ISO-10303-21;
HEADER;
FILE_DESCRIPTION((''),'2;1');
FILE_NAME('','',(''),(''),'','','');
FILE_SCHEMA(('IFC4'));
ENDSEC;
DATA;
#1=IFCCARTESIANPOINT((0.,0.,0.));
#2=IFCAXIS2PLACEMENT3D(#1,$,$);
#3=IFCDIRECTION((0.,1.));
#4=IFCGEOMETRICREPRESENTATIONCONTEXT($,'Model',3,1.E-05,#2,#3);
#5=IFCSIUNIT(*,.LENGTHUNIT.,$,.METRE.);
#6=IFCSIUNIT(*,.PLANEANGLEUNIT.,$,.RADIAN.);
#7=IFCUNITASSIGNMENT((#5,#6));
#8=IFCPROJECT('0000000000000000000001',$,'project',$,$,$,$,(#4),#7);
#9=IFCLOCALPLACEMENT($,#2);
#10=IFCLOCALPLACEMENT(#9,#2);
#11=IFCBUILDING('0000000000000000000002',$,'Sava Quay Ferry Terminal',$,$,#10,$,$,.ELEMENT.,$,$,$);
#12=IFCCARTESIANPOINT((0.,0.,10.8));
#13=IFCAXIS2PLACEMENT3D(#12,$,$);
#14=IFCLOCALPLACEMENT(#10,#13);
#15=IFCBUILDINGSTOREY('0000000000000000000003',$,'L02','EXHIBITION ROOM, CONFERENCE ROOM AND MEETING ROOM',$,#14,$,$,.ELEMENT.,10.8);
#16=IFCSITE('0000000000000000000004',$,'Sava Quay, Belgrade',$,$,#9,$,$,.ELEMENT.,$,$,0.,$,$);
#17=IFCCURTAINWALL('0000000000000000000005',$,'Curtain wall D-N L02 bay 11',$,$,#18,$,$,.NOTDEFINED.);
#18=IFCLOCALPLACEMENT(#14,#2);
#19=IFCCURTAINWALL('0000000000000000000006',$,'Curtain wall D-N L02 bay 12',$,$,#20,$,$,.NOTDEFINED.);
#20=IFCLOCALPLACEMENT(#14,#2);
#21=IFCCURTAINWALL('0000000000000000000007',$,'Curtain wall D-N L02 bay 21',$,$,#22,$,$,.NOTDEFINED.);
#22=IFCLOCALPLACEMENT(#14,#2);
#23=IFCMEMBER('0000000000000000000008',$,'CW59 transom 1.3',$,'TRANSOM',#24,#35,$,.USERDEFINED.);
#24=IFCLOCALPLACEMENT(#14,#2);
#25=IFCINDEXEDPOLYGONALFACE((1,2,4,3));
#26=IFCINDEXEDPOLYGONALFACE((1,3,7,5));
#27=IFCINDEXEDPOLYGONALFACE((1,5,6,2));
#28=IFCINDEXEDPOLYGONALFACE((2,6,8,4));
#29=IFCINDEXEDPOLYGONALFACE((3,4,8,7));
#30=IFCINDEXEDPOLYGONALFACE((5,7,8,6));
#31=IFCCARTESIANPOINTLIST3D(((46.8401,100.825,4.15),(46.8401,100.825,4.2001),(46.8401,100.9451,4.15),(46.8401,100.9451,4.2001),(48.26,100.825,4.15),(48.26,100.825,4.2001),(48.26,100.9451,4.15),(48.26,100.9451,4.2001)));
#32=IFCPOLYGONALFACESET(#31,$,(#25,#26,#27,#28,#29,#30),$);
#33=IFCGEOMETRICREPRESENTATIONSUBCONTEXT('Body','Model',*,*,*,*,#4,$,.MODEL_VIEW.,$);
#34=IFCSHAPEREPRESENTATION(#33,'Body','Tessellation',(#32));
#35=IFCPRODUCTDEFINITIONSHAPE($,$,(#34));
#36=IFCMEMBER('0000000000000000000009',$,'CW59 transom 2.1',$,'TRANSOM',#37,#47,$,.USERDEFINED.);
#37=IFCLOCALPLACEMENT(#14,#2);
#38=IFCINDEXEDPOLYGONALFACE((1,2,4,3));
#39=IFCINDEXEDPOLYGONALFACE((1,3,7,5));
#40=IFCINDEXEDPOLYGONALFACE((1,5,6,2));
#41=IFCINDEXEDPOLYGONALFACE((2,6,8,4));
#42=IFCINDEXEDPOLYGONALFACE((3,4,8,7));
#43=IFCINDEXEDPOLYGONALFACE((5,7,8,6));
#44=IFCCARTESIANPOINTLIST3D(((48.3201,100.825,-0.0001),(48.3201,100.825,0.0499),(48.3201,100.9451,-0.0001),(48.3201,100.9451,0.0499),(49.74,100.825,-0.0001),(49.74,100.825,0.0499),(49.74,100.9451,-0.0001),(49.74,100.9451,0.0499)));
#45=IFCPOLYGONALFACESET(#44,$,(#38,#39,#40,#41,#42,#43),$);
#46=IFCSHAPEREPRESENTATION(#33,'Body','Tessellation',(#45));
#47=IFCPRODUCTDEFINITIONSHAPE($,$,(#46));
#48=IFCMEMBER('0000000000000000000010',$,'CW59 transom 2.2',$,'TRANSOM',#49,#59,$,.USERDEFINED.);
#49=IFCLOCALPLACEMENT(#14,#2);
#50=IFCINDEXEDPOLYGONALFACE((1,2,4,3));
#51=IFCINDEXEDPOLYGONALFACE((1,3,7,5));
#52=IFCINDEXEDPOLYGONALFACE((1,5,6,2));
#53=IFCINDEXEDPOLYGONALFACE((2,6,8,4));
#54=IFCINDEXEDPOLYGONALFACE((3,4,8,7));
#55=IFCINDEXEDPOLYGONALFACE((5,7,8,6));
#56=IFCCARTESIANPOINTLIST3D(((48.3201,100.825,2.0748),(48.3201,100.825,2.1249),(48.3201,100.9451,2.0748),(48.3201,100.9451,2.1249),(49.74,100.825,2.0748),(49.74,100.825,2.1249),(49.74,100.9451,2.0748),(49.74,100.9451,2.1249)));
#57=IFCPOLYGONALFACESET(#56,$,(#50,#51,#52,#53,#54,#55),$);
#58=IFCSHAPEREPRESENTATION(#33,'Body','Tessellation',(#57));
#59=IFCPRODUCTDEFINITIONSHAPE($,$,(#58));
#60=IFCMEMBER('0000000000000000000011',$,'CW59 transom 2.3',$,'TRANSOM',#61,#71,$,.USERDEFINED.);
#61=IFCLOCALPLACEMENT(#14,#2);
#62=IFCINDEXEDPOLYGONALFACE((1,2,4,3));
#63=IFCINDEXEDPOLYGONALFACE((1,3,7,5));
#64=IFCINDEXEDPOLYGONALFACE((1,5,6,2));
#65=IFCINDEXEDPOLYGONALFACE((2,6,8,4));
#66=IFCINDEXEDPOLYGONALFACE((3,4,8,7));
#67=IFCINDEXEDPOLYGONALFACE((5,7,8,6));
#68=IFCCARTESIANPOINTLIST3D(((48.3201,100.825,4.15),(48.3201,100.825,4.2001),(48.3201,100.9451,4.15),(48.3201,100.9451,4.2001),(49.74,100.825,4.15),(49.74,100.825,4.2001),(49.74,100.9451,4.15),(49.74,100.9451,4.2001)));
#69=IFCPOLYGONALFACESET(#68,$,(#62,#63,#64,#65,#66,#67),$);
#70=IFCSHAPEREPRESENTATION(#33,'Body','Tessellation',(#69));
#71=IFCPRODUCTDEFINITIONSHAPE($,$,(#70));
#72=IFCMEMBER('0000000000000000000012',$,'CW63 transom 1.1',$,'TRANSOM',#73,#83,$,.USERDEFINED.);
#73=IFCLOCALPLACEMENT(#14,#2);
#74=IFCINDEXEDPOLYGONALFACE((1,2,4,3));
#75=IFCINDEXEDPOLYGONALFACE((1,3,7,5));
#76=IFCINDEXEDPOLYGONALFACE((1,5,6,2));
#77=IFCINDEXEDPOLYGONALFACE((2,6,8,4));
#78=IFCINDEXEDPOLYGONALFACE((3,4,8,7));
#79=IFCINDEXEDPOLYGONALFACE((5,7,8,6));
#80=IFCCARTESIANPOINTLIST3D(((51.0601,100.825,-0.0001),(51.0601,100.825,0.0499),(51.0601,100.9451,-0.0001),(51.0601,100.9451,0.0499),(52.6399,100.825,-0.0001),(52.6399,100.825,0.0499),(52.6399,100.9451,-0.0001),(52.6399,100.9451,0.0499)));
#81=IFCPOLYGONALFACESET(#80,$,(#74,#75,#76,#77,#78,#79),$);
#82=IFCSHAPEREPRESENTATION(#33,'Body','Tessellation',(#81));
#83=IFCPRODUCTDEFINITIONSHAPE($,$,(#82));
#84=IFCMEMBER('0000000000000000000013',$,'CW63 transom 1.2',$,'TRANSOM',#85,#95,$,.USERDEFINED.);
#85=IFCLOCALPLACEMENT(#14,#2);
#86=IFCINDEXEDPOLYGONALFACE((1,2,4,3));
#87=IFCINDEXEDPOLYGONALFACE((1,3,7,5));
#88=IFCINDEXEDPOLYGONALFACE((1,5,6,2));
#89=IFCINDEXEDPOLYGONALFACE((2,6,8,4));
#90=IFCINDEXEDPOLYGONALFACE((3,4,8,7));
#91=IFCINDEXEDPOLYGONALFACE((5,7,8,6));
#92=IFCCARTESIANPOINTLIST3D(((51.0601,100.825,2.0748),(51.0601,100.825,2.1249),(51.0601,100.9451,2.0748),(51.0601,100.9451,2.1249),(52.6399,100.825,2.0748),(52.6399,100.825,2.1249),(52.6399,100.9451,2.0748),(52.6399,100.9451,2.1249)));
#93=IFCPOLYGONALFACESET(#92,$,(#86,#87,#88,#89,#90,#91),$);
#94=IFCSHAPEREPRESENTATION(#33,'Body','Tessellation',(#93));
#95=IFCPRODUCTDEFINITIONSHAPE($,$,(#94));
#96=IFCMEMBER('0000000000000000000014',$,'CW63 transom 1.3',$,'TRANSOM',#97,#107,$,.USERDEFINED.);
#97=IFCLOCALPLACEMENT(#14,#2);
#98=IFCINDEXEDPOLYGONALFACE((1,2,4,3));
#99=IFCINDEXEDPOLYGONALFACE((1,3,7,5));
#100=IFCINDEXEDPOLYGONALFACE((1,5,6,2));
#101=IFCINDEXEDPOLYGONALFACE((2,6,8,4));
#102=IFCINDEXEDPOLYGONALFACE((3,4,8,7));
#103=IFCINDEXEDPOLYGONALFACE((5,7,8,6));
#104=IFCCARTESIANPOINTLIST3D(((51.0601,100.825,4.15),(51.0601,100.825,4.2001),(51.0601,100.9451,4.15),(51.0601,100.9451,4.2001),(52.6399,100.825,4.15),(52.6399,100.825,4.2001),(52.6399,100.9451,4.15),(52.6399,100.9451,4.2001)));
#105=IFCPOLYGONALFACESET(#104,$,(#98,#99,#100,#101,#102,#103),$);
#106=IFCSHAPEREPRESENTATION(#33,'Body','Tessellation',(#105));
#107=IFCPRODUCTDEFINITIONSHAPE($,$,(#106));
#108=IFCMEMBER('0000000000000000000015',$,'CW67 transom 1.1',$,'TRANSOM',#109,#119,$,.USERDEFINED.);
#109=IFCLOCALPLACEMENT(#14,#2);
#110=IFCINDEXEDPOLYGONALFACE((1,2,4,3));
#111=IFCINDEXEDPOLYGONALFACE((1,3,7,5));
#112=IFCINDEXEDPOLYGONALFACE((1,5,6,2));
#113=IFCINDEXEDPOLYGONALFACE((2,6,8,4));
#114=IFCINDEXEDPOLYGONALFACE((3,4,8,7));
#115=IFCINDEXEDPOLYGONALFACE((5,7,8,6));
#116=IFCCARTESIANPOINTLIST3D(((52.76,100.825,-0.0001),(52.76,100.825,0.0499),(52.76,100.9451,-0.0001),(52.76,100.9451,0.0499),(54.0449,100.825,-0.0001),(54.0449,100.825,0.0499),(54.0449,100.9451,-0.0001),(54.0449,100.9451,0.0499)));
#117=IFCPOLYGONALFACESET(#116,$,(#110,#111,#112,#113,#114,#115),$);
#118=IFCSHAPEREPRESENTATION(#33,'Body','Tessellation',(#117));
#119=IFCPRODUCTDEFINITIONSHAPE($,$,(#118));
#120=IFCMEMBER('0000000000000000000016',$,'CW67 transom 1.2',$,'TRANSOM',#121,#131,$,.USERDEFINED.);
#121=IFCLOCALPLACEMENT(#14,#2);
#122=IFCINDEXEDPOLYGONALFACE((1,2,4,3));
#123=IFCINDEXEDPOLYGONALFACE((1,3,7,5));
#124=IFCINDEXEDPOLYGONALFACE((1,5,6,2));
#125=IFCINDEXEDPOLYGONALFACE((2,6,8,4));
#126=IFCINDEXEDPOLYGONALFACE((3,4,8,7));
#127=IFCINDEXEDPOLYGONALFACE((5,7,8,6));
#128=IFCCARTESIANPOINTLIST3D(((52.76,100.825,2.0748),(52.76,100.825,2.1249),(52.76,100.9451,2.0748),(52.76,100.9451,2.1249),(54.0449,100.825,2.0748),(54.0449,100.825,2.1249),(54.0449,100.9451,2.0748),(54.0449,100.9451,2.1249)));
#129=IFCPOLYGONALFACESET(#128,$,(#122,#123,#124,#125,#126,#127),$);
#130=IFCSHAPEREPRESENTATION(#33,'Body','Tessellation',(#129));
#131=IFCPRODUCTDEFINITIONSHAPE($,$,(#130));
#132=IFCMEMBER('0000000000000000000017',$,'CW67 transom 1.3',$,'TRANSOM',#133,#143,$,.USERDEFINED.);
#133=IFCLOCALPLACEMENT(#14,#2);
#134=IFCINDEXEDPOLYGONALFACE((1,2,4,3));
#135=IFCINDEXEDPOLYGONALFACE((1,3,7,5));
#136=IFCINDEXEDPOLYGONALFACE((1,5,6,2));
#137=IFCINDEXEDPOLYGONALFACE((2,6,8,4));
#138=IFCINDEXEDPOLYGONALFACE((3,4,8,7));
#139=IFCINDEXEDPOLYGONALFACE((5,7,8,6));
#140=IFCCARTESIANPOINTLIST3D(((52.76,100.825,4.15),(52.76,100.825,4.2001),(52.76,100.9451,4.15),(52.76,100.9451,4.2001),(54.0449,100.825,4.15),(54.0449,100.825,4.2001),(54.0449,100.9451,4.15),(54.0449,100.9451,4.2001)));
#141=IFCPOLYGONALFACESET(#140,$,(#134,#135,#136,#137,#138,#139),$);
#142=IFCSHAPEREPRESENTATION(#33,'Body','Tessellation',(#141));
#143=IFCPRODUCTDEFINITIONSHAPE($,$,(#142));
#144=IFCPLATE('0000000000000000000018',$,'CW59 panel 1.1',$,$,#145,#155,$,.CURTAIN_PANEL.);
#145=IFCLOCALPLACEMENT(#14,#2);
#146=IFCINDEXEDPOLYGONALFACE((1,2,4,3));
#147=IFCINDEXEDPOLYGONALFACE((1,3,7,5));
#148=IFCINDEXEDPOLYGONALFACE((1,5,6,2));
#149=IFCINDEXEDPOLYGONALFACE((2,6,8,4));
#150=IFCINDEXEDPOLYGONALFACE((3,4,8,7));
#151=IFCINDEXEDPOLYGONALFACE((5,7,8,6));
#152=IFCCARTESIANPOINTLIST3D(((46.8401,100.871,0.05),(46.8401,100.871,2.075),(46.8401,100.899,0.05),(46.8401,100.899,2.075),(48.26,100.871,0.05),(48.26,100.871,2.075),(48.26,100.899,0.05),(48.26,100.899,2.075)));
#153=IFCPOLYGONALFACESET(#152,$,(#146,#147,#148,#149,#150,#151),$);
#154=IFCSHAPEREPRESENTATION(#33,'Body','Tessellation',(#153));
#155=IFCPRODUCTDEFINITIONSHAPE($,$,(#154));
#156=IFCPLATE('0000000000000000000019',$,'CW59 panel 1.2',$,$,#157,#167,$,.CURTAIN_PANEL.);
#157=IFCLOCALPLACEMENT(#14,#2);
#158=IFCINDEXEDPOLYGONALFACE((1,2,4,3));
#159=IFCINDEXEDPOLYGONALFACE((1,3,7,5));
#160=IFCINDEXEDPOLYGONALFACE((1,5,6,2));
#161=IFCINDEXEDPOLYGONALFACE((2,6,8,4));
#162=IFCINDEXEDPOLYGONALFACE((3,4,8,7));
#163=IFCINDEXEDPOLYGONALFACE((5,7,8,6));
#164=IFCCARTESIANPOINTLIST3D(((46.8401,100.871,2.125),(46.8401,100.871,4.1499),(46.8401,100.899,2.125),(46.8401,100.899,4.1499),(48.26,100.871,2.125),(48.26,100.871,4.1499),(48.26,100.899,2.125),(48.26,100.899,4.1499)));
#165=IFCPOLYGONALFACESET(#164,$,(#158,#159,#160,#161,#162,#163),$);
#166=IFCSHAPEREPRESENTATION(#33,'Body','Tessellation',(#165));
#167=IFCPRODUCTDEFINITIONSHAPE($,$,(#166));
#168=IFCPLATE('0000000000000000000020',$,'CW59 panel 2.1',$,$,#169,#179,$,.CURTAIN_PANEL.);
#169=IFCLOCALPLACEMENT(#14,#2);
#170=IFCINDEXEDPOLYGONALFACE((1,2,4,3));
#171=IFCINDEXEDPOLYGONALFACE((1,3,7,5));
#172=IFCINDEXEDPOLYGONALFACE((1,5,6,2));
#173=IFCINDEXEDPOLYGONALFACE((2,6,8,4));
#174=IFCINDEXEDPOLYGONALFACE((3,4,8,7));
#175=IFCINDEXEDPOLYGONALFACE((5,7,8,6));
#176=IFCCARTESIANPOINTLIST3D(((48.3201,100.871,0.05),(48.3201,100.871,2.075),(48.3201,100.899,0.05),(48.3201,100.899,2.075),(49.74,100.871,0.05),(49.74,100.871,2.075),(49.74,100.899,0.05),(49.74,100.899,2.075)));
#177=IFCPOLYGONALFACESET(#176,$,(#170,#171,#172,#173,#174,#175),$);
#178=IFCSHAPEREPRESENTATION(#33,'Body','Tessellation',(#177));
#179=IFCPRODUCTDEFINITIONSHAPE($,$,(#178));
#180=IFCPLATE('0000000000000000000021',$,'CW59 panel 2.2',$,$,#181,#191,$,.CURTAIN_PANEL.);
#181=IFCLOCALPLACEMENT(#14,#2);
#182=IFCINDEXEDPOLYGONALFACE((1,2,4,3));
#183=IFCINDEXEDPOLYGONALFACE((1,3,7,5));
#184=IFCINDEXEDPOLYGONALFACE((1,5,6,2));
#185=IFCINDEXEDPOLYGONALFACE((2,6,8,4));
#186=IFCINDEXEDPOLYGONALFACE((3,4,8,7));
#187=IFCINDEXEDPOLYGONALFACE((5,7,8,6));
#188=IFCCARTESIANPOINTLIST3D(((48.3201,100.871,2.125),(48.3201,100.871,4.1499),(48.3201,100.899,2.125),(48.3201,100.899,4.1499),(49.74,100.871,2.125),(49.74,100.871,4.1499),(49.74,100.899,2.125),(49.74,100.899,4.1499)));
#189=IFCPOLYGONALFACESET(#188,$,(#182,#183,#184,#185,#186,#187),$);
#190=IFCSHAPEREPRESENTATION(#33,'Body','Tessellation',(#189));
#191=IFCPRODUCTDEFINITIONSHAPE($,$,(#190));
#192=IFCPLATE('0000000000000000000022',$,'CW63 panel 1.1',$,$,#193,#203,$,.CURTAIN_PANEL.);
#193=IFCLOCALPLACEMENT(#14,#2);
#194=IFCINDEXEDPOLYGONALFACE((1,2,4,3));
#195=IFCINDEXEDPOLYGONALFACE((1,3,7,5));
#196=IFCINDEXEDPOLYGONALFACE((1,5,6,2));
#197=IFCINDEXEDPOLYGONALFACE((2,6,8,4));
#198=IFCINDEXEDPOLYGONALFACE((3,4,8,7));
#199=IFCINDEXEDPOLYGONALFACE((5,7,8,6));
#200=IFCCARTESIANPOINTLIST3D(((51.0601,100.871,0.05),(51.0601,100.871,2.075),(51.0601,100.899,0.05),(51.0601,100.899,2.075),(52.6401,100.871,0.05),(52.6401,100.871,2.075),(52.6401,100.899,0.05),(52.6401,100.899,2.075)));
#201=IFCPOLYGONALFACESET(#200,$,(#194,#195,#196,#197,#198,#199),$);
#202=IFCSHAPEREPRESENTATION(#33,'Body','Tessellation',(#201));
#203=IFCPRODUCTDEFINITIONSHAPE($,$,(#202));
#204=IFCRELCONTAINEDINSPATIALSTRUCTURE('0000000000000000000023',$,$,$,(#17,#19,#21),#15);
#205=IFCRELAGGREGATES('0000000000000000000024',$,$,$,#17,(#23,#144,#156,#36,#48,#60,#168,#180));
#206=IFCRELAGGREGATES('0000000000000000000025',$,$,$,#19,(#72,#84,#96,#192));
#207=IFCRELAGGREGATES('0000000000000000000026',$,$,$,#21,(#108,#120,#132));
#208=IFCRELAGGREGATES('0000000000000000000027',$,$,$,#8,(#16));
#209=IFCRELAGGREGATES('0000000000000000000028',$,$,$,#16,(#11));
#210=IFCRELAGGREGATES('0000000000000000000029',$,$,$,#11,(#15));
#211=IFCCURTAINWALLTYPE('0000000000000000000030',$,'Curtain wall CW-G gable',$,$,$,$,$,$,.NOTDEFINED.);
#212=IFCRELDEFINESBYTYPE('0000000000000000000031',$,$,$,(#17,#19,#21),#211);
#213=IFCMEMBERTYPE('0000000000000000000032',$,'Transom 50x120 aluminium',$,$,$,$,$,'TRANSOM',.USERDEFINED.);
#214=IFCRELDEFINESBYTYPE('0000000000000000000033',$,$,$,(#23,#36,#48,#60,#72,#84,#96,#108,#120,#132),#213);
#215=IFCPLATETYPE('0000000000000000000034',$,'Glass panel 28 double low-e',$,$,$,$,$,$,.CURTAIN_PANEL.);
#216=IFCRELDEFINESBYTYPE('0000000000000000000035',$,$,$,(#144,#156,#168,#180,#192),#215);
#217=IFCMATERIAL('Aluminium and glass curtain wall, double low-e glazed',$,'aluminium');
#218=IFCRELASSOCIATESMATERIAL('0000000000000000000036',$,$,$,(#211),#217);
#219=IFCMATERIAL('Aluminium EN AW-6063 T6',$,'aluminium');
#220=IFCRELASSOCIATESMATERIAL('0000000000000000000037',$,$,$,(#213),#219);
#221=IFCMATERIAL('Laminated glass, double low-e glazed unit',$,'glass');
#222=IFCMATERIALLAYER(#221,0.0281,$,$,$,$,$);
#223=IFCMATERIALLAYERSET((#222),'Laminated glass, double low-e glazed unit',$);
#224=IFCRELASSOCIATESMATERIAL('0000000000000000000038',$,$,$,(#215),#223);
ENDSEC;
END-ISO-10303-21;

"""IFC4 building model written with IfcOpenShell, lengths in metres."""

from ifc_helpers import new_model, si_unit, direction, frame, origin, origin_2d, place, context, subcontext, project, spatial, rectangle, extrude, material, layer, layer_set, material_profile, profile_set, type_object, element, aggregate, save


model = new_model("IFC4")

# Units and contexts
model_context = context("Model", 3, precision=1e-05, world=origin(), true_north=direction((0.0, 1.0)))
body_context = subcontext(model_context, "Body", "Model", "MODEL_VIEW")
ifc_project = project(units=[si_unit("LENGTHUNIT", "METRE"), si_unit("PLANEANGLEUNIT", "RADIAN")], contexts=[model_context])

# Site, building, storey
site_placement = place(None, origin())
site = spatial("IfcSite", under=ifc_project, at=site_placement, Name="Sava Quay, Belgrade", CompositionType="ELEMENT", RefElevation=0.0)
building_placement = place(site_placement, origin())
building = spatial("IfcBuilding", under=site, at=building_placement, Name="Sava Quay Ferry Terminal", CompositionType="ELEMENT")
storey_placement = place(building_placement, frame((0.0, 0.0, 10.8)))
storey = spatial("IfcBuildingStorey", under=building, at=storey_placement, Name="L02", Description="EXHIBITION ROOM, CONFERENCE ROOM AND MEETING ROOM", CompositionType="ELEMENT", Elevation=10.8)

# Curtain walls
ifc_material_1 = material(Name="Aluminium and glass curtain wall, double low-e glazed", Category="aluminium")
curtain_wall_type = type_object("IfcCurtainWallType", Name="Curtain wall CW-G gable", PredefinedType="NOTDEFINED", material=ifc_material_1)
curtain_wall_1_placement = place(storey_placement, origin())
curtain_wall_1 = element("IfcCurtainWall", 1, at=curtain_wall_1_placement, inside=storey, type_object=curtain_wall_type, Name="Curtain wall D-N L02 bay 11", PredefinedType="NOTDEFINED")
curtain_wall_2_placement = place(storey_placement, origin())
curtain_wall_2 = element("IfcCurtainWall", 2, at=curtain_wall_2_placement, inside=storey, type_object=curtain_wall_type, Name="Curtain wall D-N L02 bay 12", PredefinedType="NOTDEFINED")

# Curtain wall
curtain_wall_3_placement = place(storey_placement, origin())
curtain_wall_3 = element("IfcCurtainWall", 3, at=curtain_wall_3_placement, inside=storey, type_object=curtain_wall_type, Name="Curtain wall D-N L02 bay 21", PredefinedType="NOTDEFINED")

# Members
ifc_material_2 = material(Name="Aluminium EN AW-6063 T6", Category="aluminium")
ifc_material_profile_1 = material_profile(ifc_material_2, rectangle(XDim=0.1201, YDim=0.05, at=origin_2d()), Name="Transom 50x120 aluminium")
ifc_profile_set_1 = profile_set([ifc_material_profile_1], Name="Aluminium EN AW-6063 T6")
member_type_1 = type_object("IfcMemberType", Name="Transom 50x120 aluminium", ElementType="TRANSOM", PredefinedType="USERDEFINED", material=ifc_profile_set_1)
member_1_placement = place(storey_placement, frame((46.8401, 100.885, 4.175), z_axis=(1.0, 0.0, 0.0), x_axis=(0.0, 1.0, 0.0)))
member_1 = element("IfcMember", 4, at=member_1_placement, type_object=member_type_1, Name="CW59 transom 1.3", ObjectType="TRANSOM", PredefinedType="USERDEFINED", context=body_context, shape_type="SweptSolid", body=[
    extrude(rectangle(XDim=0.1201, YDim=0.05, at=origin_2d()), origin(), (0.0, 0.0, 1.0), 1.4199),
])
member_2_placement = place(storey_placement, frame((48.3201, 100.885, 0.0249), z_axis=(1.0, 0.0, 0.0), x_axis=(0.0, 1.0, 0.0)))
member_2 = element("IfcMember", 5, at=member_2_placement, type_object=member_type_1, Name="CW59 transom 2.1", ObjectType="TRANSOM", PredefinedType="USERDEFINED", context=body_context, shape_type="SweptSolid", body=[
    extrude(rectangle(XDim=0.1201, YDim=0.05, at=origin_2d()), origin(), (0.0, 0.0, 1.0), 1.4199),
])
member_3_placement = place(storey_placement, frame((48.3201, 100.885, 2.0999), z_axis=(1.0, 0.0, 0.0), x_axis=(0.0, 1.0, 0.0)))
member_3 = element("IfcMember", 6, at=member_3_placement, type_object=member_type_1, Name="CW59 transom 2.2", ObjectType="TRANSOM", PredefinedType="USERDEFINED", context=body_context, shape_type="SweptSolid", body=[
    extrude(rectangle(XDim=0.1201, YDim=0.05, at=origin_2d()), origin(), (0.0, 0.0, 1.0), 1.4199),
])
member_4_placement = place(storey_placement, frame((48.3201, 100.885, 4.175), z_axis=(1.0, 0.0, 0.0), x_axis=(0.0, 1.0, 0.0)))
member_4 = element("IfcMember", 7, at=member_4_placement, type_object=member_type_1, Name="CW59 transom 2.3", ObjectType="TRANSOM", PredefinedType="USERDEFINED", context=body_context, shape_type="SweptSolid", body=[
    extrude(rectangle(XDim=0.1201, YDim=0.05, at=origin_2d()), origin(), (0.0, 0.0, 1.0), 1.4199),
])
member_5_placement = place(storey_placement, frame((51.0601, 100.885, 0.0249), z_axis=(1.0, 0.0, 0.0), x_axis=(0.0, 1.0, 0.0)))
member_5 = element("IfcMember", 8, at=member_5_placement, type_object=member_type_1, Name="CW63 transom 1.1", ObjectType="TRANSOM", PredefinedType="USERDEFINED", context=body_context, shape_type="SweptSolid", body=[
    extrude(rectangle(XDim=0.1201, YDim=0.05, at=origin_2d()), origin(), (0.0, 0.0, 1.0), 1.5798),
])
member_6_placement = place(storey_placement, frame((51.0601, 100.885, 2.0999), z_axis=(1.0, 0.0, 0.0), x_axis=(0.0, 1.0, 0.0)))
member_6 = element("IfcMember", 9, at=member_6_placement, type_object=member_type_1, Name="CW63 transom 1.2", ObjectType="TRANSOM", PredefinedType="USERDEFINED", context=body_context, shape_type="SweptSolid", body=[
    extrude(rectangle(XDim=0.1201, YDim=0.05, at=origin_2d()), origin(), (0.0, 0.0, 1.0), 1.5798),
])
member_7_placement = place(storey_placement, frame((51.0601, 100.885, 4.175), z_axis=(1.0, 0.0, 0.0), x_axis=(0.0, 1.0, 0.0)))
member_7 = element("IfcMember", 10, at=member_7_placement, type_object=member_type_1, Name="CW63 transom 1.3", ObjectType="TRANSOM", PredefinedType="USERDEFINED", context=body_context, shape_type="SweptSolid", body=[
    extrude(rectangle(XDim=0.1201, YDim=0.05, at=origin_2d()), origin(), (0.0, 0.0, 1.0), 1.5798),
])
member_8_placement = place(storey_placement, frame((52.76, 100.885, 0.0249), z_axis=(1.0, 0.0, 0.0), x_axis=(0.0, 1.0, 0.0)))
member_8 = element("IfcMember", 11, at=member_8_placement, type_object=member_type_1, Name="CW67 transom 1.1", ObjectType="TRANSOM", PredefinedType="USERDEFINED", context=body_context, shape_type="SweptSolid", body=[
    extrude(rectangle(XDim=0.1201, YDim=0.05, at=origin_2d()), origin(), (0.0, 0.0, 1.0), 1.2849),
])
member_9_placement = place(storey_placement, frame((52.76, 100.885, 2.0999), z_axis=(1.0, 0.0, 0.0), x_axis=(0.0, 1.0, 0.0)))
member_9 = element("IfcMember", 12, at=member_9_placement, type_object=member_type_1, Name="CW67 transom 1.2", ObjectType="TRANSOM", PredefinedType="USERDEFINED", context=body_context, shape_type="SweptSolid", body=[
    extrude(rectangle(XDim=0.1201, YDim=0.05, at=origin_2d()), origin(), (0.0, 0.0, 1.0), 1.2849),
])
member_10_placement = place(storey_placement, frame((52.76, 100.885, 4.175), z_axis=(1.0, 0.0, 0.0), x_axis=(0.0, 1.0, 0.0)))
member_10 = element("IfcMember", 13, at=member_10_placement, type_object=member_type_1, Name="CW67 transom 1.3", ObjectType="TRANSOM", PredefinedType="USERDEFINED", context=body_context, shape_type="SweptSolid", body=[
    extrude(rectangle(XDim=0.1201, YDim=0.05, at=origin_2d()), origin(), (0.0, 0.0, 1.0), 1.2849),
])

# Plates
ifc_material_3 = material(Name="Laminated glass, double low-e glazed unit", Category="glass")
ifc_layer_1 = layer(ifc_material_3, 0.0281)
ifc_layer_set_1 = layer_set([ifc_layer_1], Name="Laminated glass, double low-e glazed unit")
plate_type = type_object("IfcPlateType", Name="Glass panel 28 double low-e", PredefinedType="CURTAIN_PANEL", material=ifc_layer_set_1)
plate_1_placement = place(storey_placement, frame((47.55, 100.885, 0.05), z_axis=(0.0, 0.0, 1.0), x_axis=(1.0, 0.0, 0.0)))
plate_1 = element("IfcPlate", 14, at=plate_1_placement, type_object=plate_type, Name="CW59 panel 1.1", PredefinedType="CURTAIN_PANEL", context=body_context, shape_type="SweptSolid", body=[
    extrude(rectangle(XDim=1.4199, YDim=0.0281, at=origin_2d()), origin(), (0.0, 0.0, 1.0), 2.0249),
])
plate_2_placement = place(storey_placement, frame((47.55, 100.885, 2.125), z_axis=(0.0, 0.0, 1.0), x_axis=(1.0, 0.0, 0.0)))
plate_2 = element("IfcPlate", 15, at=plate_2_placement, type_object=plate_type, Name="CW59 panel 1.2", PredefinedType="CURTAIN_PANEL", context=body_context, shape_type="SweptSolid", body=[
    extrude(rectangle(XDim=1.4199, YDim=0.0281, at=origin_2d()), origin(), (0.0, 0.0, 1.0), 2.0249),
])
plate_3_placement = place(storey_placement, frame((49.03, 100.885, 0.05), z_axis=(0.0, 0.0, 1.0), x_axis=(1.0, 0.0, 0.0)))
plate_3 = element("IfcPlate", 16, at=plate_3_placement, type_object=plate_type, Name="CW59 panel 2.1", PredefinedType="CURTAIN_PANEL", context=body_context, shape_type="SweptSolid", body=[
    extrude(rectangle(XDim=1.4199, YDim=0.0281, at=origin_2d()), origin(), (0.0, 0.0, 1.0), 2.0249),
])
plate_4_placement = place(storey_placement, frame((49.03, 100.885, 2.125), z_axis=(0.0, 0.0, 1.0), x_axis=(1.0, 0.0, 0.0)))
plate_4 = element("IfcPlate", 17, at=plate_4_placement, type_object=plate_type, Name="CW59 panel 2.2", PredefinedType="CURTAIN_PANEL", context=body_context, shape_type="SweptSolid", body=[
    extrude(rectangle(XDim=1.4199, YDim=0.0281, at=origin_2d()), origin(), (0.0, 0.0, 1.0), 2.0249),
])
aggregate(curtain_wall_1, [member_1, plate_1, plate_2, member_2, member_3, member_4, plate_3, plate_4])
plate_5_placement = place(storey_placement, frame((51.8501, 100.885, 0.05), z_axis=(0.0, 0.0, 1.0), x_axis=(1.0, 0.0, 0.0)))
plate_5 = element("IfcPlate", 18, at=plate_5_placement, type_object=plate_type, Name="CW63 panel 1.1", PredefinedType="CURTAIN_PANEL", context=body_context, shape_type="SweptSolid", body=[
    extrude(rectangle(XDim=1.5801, YDim=0.0281, at=origin_2d()), origin(), (0.0, 0.0, 1.0), 2.0249),
])
aggregate(curtain_wall_2, [member_5, member_6, member_7, plate_5])
aggregate(curtain_wall_3, [member_8, member_9, member_10])

save(model, "model.ifc")
